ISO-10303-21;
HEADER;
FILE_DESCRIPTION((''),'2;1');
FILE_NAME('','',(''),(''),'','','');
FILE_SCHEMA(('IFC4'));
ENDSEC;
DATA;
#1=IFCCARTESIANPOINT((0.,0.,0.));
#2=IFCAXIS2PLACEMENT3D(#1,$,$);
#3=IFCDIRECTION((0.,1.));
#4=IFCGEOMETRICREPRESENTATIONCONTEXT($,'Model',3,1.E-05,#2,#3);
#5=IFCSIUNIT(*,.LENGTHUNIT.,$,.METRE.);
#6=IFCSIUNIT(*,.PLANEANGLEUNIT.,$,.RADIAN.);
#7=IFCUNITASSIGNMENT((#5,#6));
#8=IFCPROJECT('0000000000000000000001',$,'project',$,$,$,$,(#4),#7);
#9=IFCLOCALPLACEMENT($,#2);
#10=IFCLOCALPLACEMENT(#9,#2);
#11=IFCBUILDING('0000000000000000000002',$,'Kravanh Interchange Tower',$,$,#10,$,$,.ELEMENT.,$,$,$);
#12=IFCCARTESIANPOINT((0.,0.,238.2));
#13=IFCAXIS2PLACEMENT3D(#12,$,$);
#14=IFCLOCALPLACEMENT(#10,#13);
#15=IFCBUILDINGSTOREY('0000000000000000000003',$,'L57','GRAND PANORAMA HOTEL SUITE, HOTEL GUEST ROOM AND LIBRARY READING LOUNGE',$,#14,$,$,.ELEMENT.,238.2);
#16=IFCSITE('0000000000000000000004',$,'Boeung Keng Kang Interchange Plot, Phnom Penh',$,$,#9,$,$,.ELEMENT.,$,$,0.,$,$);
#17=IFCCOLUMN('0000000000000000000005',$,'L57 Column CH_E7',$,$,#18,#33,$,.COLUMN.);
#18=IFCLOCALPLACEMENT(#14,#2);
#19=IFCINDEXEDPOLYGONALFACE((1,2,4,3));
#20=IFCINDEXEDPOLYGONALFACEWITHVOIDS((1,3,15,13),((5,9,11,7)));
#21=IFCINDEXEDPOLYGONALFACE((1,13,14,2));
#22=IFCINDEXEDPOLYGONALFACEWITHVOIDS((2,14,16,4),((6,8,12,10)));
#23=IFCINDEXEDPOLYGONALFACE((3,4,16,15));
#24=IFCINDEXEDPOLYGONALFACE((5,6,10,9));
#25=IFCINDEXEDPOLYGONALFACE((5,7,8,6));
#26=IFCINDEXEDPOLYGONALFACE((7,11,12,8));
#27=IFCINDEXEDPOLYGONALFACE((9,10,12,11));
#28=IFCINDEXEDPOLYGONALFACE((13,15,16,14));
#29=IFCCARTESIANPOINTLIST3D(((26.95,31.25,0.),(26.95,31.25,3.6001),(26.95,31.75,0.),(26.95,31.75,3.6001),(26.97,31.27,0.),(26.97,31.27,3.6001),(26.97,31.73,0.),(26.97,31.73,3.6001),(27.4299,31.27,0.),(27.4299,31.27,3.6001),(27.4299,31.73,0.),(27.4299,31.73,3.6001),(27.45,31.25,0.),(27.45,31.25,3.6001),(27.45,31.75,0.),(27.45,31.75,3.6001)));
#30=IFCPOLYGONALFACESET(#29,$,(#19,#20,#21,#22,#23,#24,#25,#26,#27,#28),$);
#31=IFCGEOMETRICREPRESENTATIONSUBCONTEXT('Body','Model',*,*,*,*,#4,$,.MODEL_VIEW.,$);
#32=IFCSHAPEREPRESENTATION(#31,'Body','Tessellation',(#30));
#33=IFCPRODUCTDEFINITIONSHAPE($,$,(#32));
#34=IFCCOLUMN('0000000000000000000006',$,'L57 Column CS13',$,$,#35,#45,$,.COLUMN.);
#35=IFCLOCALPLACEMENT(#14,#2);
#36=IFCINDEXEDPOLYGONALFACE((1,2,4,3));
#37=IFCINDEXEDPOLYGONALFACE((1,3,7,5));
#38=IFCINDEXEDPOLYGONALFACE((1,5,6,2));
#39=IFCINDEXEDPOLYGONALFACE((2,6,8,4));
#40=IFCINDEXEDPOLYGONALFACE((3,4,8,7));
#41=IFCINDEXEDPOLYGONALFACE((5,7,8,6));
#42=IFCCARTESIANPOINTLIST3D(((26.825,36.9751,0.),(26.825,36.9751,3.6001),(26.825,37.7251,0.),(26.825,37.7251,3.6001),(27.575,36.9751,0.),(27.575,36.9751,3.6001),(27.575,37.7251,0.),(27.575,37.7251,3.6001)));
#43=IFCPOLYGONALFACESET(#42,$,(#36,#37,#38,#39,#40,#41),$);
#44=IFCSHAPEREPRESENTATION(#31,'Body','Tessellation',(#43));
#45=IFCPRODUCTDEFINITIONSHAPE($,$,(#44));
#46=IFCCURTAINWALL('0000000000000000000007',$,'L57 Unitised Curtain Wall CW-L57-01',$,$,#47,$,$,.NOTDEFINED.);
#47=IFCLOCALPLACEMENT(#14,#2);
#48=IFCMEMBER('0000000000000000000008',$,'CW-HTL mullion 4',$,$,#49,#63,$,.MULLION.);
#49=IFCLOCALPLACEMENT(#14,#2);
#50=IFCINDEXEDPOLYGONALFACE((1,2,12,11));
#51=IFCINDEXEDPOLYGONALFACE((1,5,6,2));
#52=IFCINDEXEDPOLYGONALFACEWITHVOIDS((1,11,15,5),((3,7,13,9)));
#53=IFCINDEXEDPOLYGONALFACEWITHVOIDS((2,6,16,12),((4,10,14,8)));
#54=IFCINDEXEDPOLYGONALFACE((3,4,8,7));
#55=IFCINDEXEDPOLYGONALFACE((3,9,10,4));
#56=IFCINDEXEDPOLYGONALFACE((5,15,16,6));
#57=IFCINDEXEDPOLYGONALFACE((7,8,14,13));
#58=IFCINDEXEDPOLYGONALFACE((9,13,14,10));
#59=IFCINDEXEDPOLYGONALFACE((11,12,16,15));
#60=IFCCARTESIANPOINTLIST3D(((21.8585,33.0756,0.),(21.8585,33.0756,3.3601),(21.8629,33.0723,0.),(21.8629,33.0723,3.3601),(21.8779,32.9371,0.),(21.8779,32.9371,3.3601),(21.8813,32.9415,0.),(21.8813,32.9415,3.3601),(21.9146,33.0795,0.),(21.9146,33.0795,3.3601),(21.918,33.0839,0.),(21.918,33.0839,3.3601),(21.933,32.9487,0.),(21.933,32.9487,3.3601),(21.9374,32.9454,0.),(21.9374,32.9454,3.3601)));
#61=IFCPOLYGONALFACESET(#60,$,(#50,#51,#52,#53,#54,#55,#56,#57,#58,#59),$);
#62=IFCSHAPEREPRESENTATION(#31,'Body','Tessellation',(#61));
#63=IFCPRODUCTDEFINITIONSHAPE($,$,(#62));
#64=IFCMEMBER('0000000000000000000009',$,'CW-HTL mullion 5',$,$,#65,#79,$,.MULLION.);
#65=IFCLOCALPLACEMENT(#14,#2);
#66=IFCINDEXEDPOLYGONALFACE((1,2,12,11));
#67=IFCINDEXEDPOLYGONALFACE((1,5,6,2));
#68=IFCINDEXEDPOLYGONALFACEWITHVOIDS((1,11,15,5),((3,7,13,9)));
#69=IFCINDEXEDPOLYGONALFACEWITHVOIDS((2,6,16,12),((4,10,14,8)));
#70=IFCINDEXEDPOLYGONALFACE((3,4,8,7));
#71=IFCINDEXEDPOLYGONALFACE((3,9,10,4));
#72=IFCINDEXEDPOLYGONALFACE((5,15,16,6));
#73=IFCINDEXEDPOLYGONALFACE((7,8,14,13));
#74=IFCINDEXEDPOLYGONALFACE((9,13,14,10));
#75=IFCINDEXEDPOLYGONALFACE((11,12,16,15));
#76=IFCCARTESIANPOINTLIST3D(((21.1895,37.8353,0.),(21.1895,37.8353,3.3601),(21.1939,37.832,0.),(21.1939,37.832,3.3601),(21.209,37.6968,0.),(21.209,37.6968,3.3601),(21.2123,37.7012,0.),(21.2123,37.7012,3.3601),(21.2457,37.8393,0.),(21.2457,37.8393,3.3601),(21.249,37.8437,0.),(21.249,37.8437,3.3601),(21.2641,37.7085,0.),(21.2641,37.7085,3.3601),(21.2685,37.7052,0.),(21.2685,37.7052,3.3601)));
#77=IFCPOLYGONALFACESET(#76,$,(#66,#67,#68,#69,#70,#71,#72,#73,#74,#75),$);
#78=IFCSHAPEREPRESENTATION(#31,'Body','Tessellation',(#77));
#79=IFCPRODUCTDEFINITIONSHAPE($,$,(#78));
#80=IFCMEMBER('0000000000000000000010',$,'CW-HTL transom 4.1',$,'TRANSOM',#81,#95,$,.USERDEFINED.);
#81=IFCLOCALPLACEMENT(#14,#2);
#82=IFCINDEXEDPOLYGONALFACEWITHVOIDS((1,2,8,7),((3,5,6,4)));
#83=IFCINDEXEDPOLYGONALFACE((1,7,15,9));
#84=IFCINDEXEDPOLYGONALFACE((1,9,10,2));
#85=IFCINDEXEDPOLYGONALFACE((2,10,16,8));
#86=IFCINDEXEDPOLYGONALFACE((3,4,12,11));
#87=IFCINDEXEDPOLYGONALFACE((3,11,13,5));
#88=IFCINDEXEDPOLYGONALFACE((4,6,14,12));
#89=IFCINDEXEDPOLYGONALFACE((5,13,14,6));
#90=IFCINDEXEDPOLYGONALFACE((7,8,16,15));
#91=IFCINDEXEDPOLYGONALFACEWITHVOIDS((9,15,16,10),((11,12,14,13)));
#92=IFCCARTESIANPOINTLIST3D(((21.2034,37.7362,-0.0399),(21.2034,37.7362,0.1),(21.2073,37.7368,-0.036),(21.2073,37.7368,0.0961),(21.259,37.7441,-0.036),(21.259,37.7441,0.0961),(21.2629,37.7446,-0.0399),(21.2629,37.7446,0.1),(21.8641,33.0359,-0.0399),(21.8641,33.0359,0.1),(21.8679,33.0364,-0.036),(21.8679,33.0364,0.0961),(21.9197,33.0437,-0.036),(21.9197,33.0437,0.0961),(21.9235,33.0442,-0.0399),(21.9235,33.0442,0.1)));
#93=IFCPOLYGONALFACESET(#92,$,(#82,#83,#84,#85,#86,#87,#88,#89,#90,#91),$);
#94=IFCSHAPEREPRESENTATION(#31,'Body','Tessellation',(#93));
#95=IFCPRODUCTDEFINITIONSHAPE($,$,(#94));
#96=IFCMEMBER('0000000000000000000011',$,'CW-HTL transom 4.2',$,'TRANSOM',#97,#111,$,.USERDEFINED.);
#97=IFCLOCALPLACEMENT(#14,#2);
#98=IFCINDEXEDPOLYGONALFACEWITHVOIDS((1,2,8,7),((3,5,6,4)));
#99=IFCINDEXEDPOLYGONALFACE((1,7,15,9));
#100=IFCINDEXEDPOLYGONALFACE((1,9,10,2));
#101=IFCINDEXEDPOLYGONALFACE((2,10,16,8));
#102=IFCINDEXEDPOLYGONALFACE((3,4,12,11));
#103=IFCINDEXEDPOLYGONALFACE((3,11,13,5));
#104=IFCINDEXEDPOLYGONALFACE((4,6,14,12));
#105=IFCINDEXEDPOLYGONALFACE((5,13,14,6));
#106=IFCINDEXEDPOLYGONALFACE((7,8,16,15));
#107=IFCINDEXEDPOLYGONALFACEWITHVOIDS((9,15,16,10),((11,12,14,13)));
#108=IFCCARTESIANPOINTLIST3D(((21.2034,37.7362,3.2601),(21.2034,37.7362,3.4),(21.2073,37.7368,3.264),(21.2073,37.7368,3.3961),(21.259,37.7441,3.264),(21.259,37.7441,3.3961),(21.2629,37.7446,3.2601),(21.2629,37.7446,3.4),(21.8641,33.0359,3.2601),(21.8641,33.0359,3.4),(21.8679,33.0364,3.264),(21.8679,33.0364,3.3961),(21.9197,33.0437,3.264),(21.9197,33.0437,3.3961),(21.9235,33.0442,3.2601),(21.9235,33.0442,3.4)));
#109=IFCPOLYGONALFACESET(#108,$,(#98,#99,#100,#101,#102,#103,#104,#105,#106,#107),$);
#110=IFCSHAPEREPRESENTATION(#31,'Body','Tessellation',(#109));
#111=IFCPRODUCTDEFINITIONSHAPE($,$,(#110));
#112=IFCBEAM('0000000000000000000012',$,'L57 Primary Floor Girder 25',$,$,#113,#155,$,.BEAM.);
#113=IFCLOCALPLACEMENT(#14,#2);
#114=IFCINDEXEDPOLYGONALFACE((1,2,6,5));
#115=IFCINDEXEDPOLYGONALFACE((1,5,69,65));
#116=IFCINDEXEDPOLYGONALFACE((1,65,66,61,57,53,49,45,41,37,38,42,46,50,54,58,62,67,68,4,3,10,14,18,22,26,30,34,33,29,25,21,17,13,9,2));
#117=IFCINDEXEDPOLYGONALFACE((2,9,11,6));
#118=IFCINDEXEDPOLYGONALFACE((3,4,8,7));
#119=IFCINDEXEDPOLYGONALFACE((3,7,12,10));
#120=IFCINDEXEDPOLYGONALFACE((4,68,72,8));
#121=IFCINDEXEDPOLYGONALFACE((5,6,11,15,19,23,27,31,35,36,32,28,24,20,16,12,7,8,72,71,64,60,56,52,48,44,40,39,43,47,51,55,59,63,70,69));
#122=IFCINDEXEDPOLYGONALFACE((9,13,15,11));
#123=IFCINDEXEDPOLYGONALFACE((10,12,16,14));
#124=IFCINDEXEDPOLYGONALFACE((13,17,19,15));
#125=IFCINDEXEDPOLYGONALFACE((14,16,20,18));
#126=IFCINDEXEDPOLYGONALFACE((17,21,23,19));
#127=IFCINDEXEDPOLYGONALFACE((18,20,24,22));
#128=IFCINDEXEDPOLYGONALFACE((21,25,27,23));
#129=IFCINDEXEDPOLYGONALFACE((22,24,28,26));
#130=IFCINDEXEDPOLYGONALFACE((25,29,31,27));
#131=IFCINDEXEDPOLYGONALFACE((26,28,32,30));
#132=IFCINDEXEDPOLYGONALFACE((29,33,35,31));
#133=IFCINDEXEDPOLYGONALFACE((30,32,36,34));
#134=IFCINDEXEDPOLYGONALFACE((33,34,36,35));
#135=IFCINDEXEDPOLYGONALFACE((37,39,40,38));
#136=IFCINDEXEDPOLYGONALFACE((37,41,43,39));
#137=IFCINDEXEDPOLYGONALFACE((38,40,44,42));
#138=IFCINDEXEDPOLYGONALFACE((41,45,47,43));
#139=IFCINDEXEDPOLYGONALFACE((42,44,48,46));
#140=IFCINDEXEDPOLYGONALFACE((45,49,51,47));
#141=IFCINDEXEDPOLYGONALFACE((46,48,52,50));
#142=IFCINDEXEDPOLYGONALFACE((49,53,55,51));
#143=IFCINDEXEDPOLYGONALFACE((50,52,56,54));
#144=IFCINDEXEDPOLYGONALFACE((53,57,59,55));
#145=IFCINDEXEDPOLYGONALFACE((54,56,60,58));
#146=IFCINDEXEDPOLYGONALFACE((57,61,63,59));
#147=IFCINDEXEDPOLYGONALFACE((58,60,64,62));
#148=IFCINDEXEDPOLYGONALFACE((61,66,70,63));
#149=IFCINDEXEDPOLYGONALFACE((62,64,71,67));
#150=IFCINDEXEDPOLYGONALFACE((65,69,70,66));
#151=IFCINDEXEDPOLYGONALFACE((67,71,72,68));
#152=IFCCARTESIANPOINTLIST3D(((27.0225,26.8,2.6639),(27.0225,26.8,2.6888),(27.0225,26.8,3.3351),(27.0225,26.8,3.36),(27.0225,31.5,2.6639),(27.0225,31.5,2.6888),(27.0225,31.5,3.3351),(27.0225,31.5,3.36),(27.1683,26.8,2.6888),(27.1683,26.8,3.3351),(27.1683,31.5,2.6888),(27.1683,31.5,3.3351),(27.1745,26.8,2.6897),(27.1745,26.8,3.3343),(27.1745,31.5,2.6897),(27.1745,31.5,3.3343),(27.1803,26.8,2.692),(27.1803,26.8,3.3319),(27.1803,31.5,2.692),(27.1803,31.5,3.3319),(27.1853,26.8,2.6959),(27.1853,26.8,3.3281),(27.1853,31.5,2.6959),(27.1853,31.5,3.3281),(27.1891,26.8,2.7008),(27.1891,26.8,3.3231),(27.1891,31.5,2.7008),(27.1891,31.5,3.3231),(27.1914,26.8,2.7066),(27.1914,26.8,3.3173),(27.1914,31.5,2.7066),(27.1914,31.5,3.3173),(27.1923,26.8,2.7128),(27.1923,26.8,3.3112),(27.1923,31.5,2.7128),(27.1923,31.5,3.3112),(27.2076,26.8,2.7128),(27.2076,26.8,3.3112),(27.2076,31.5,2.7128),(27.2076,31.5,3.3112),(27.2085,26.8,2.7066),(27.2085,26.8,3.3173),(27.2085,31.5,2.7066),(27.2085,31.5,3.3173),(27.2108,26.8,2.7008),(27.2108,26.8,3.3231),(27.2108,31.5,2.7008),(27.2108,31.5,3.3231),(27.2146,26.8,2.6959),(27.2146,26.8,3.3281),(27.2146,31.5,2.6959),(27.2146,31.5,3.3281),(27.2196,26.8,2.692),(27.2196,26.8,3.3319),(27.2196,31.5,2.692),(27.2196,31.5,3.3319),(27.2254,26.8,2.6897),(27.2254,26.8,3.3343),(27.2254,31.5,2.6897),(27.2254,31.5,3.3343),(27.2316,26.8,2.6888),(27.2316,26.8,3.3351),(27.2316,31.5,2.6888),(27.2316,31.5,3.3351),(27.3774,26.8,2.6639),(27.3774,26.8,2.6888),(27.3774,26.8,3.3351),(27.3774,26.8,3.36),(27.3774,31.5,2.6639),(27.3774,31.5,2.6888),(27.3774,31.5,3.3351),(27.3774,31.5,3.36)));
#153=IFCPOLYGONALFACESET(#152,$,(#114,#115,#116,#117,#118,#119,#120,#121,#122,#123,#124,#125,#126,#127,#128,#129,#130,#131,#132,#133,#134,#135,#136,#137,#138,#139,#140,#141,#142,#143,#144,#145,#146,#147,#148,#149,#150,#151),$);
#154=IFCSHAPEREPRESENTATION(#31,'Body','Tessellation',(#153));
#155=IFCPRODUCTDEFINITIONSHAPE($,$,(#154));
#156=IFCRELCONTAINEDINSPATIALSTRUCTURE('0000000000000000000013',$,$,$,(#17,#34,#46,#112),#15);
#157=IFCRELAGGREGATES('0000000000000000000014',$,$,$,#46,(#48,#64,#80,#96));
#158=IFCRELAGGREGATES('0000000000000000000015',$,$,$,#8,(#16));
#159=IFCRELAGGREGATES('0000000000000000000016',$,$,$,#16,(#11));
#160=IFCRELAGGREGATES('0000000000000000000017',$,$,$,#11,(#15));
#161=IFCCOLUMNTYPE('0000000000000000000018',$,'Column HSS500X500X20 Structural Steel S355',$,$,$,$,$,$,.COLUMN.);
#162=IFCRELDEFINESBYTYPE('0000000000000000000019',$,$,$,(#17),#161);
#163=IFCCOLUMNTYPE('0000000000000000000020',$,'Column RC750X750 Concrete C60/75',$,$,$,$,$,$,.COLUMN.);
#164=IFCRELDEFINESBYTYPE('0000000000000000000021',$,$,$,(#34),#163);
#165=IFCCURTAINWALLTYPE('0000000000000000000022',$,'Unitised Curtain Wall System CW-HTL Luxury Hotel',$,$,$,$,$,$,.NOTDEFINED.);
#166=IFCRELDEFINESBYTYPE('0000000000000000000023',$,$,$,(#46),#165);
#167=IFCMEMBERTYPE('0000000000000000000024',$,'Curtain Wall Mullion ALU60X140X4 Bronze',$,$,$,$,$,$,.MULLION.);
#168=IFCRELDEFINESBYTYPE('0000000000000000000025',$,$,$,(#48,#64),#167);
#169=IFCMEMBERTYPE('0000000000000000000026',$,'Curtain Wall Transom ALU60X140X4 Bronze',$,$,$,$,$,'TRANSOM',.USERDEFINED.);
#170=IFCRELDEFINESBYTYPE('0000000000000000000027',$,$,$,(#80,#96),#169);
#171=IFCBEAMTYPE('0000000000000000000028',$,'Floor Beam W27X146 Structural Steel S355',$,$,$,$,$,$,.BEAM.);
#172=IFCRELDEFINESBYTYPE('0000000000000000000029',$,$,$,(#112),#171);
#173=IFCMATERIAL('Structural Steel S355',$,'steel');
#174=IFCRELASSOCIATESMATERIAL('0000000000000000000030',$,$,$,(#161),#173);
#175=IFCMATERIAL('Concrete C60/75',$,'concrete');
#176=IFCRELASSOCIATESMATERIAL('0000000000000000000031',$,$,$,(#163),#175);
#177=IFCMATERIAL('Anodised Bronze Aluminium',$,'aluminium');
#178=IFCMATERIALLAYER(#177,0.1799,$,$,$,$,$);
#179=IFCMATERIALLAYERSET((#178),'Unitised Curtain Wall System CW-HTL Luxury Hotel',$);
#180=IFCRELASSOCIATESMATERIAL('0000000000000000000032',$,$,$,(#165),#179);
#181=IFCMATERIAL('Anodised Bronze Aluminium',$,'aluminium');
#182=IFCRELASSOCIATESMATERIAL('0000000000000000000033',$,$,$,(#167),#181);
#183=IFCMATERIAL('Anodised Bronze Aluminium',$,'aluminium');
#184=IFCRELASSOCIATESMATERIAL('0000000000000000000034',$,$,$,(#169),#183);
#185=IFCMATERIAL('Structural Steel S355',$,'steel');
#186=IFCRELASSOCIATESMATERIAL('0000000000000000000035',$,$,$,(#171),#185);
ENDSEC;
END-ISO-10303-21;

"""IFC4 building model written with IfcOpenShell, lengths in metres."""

from ifc_helpers import new_model, si_unit, direction, frame, origin, origin_2d, place, context, subcontext, project, spatial, rectangle, hollow_rectangle, i_section, extrude, material, layer, layer_set, material_profile, profile_set, type_object, element, aggregate, save


model = new_model("IFC4")

# Units and contexts
model_context = context("Model", 3, precision=1e-05, world=origin(), true_north=direction((0.0, 1.0)))
body_context = subcontext(model_context, "Body", "Model", "MODEL_VIEW")
ifc_project = project(units=[si_unit("LENGTHUNIT", "METRE"), si_unit("PLANEANGLEUNIT", "RADIAN")], contexts=[model_context])

# Site, building, storey
site_placement = place(None, origin())
site = spatial("IfcSite", under=ifc_project, at=site_placement, Name="Boeung Keng Kang Interchange Plot, Phnom Penh", CompositionType="ELEMENT", RefElevation=0.0)
building_placement = place(site_placement, origin())
building = spatial("IfcBuilding", under=site, at=building_placement, Name="Kravanh Interchange Tower", CompositionType="ELEMENT")
storey_placement = place(building_placement, frame((0.0, 0.0, 238.2)))
storey = spatial("IfcBuildingStorey", under=building, at=storey_placement, Name="L57", Description="GRAND PANORAMA HOTEL SUITE, HOTEL GUEST ROOM AND LIBRARY READING LOUNGE", CompositionType="ELEMENT", Elevation=238.2)

# Columns
ifc_material_1 = material(Name="Structural Steel S355", Category="steel")
ifc_material_profile_1 = material_profile(ifc_material_1, hollow_rectangle(XDim=0.5, YDim=0.5, WallThickness=0.02, at=origin_2d()), Name="HSS500X500X20")
ifc_profile_set_1 = profile_set([ifc_material_profile_1], Name="Structural Steel S355")
column_type_1 = type_object("IfcColumnType", Name="Column HSS500X500X20 Structural Steel S355", PredefinedType="COLUMN", material=ifc_profile_set_1)
column_1_placement = place(storey_placement, frame((27.2, 31.5, 0.0), z_axis=(0.0, 0.0, 1.0), x_axis=(1.0, 0.0, 0.0)))
element("IfcColumn", 1, at=column_1_placement, inside=storey, type_object=column_type_1, Name="L57 Column CH_E7", PredefinedType="COLUMN", context=body_context, shape_type="SweptSolid", body=[
    extrude(hollow_rectangle(XDim=0.5, YDim=0.5, WallThickness=0.02, at=origin_2d()), origin(), (0.0, 0.0, 1.0), 3.6001),
])
ifc_material_2 = material(Name="Concrete C60/75", Category="concrete")
ifc_material_profile_2 = material_profile(ifc_material_2, rectangle(XDim=0.75, YDim=0.75, at=origin_2d()), Name="RC750X750")
ifc_profile_set_2 = profile_set([ifc_material_profile_2], Name="Concrete C60/75")
column_type_2 = type_object("IfcColumnType", Name="Column RC750X750 Concrete C60/75", PredefinedType="COLUMN", material=ifc_profile_set_2)
column_2_placement = place(storey_placement, frame((27.2, 37.3501, 0.0), z_axis=(0.0, 0.0, 1.0), x_axis=(1.0, 0.0, 0.0)))
element("IfcColumn", 2, at=column_2_placement, inside=storey, type_object=column_type_2, Name="L57 Column CS13", PredefinedType="COLUMN", context=body_context, shape_type="SweptSolid", body=[
    extrude(rectangle(XDim=0.75, YDim=0.75, at=origin_2d()), origin(), (0.0, 0.0, 1.0), 3.6001),
])

# Curtain wall, members
ifc_material_3 = material(Name="Anodised Bronze Aluminium", Category="aluminium")
ifc_layer_1 = layer(ifc_material_3, 0.1799)
ifc_layer_set_1 = layer_set([ifc_layer_1], Name="Unitised Curtain Wall System CW-HTL Luxury Hotel")
curtain_wall_type = type_object("IfcCurtainWallType", Name="Unitised Curtain Wall System CW-HTL Luxury Hotel", PredefinedType="NOTDEFINED", material=ifc_layer_set_1)
curtain_wall_placement = place(storey_placement, origin())
curtain_wall = element("IfcCurtainWall", 3, at=curtain_wall_placement, inside=storey, type_object=curtain_wall_type, Name="L57 Unitised Curtain Wall CW-L57-01", PredefinedType="NOTDEFINED")
ifc_material_4 = material(Name="Anodised Bronze Aluminium", Category="aluminium")
ifc_material_profile_3 = material_profile(ifc_material_4, hollow_rectangle(XDim=0.0601, YDim=0.1399, WallThickness=0.0039, at=origin_2d()), Name="ALU60X140X4")
ifc_profile_set_3 = profile_set([ifc_material_profile_3], Name="Anodised Bronze Aluminium")
member_type_1 = type_object("IfcMemberType", Name="Curtain Wall Mullion ALU60X140X4 Bronze", PredefinedType="MULLION", material=ifc_profile_set_3)
member_1_placement = place(storey_placement, frame((21.8979, 33.0105, 0.0), z_axis=(0.0, 0.0, 1.0), x_axis=(-0.990268, -0.139176, 0.0)))
member_1 = element("IfcMember", 4, at=member_1_placement, type_object=member_type_1, Name="CW-HTL mullion 4", PredefinedType="MULLION", context=body_context, shape_type="SweptSolid", body=[
    extrude(hollow_rectangle(XDim=0.0601, YDim=0.1399, WallThickness=0.0039, at=origin_2d()), origin(), (0.0, 0.0, 1.0), 3.3601),
])
member_2_placement = place(storey_placement, frame((21.229, 37.7703, 0.0), z_axis=(0.0, 0.0, 1.0), x_axis=(-0.990268, -0.139176, 0.0)))
member_2 = element("IfcMember", 5, at=member_2_placement, type_object=member_type_1, Name="CW-HTL mullion 5", PredefinedType="MULLION", context=body_context, shape_type="SweptSolid", body=[
    extrude(hollow_rectangle(XDim=0.0601, YDim=0.1399, WallThickness=0.0039, at=origin_2d()), origin(), (0.0, 0.0, 1.0), 3.3601),
])
ifc_material_5 = material(Name="Anodised Bronze Aluminium", Category="aluminium")
ifc_material_profile_4 = material_profile(ifc_material_5, hollow_rectangle(XDim=0.0601, YDim=0.1399, WallThickness=0.0039, at=origin_2d()), Name="ALU60X140X4")
ifc_profile_set_4 = profile_set([ifc_material_profile_4], Name="Anodised Bronze Aluminium")
member_type_2 = type_object("IfcMemberType", Name="Curtain Wall Transom ALU60X140X4 Bronze", ElementType="TRANSOM", PredefinedType="USERDEFINED", material=ifc_profile_set_4)
member_3_placement = place(storey_placement, frame((21.8938, 33.04, 0.03), z_axis=(-0.139182, 0.990267, 0.0), x_axis=(-0.990267, -0.139182, 0.0)))
member_3 = element("IfcMember", 6, at=member_3_placement, type_object=member_type_2, Name="CW-HTL transom 4.1", ObjectType="TRANSOM", PredefinedType="USERDEFINED", context=body_context, shape_type="SweptSolid", body=[
    extrude(hollow_rectangle(XDim=0.0601, YDim=0.1399, WallThickness=0.0039, at=origin_2d()), origin(), (0.0, 0.0, 1.0), 4.7466),
])
member_4_placement = place(storey_placement, frame((21.8938, 33.04, 3.3301), z_axis=(-0.139182, 0.990267, 0.0), x_axis=(-0.990267, -0.139182, 0.0)))
member_4 = element("IfcMember", 7, at=member_4_placement, type_object=member_type_2, Name="CW-HTL transom 4.2", ObjectType="TRANSOM", PredefinedType="USERDEFINED", context=body_context, shape_type="SweptSolid", body=[
    extrude(hollow_rectangle(XDim=0.0601, YDim=0.1399, WallThickness=0.0039, at=origin_2d()), origin(), (0.0, 0.0, 1.0), 4.7466),
])

# Beam
ifc_material_6 = material(Name="Structural Steel S355", Category="steel")
ifc_material_profile_5 = material_profile(ifc_material_6, i_section(OverallWidth=0.355, OverallDepth=0.696, WebThickness=0.0154, FlangeThickness=0.0249, FilletRadius=0.0239, at=origin_2d()), Name="W27X146")
ifc_profile_set_5 = profile_set([ifc_material_profile_5], Name="Structural Steel S355")
beam_type_1 = type_object("IfcBeamType", Name="Floor Beam W27X146 Structural Steel S355", PredefinedType="BEAM", material=ifc_profile_set_5)
beam_1_placement = place(storey_placement, frame((27.2, 31.5, 3.012), z_axis=(0.0, -1.0, 0.0), x_axis=(1.0, 0.0, 0.0)))
element("IfcBeam", 8, at=beam_1_placement, inside=storey, type_object=beam_type_1, Name="L57 Primary Floor Girder 25", PredefinedType="BEAM", context=body_context, shape_type="SweptSolid", body=[
    extrude(i_section(OverallWidth=0.355, OverallDepth=0.696, WebThickness=0.0154, FlangeThickness=0.0249, FilletRadius=0.0239, at=origin_2d()), origin(), (0.0, 0.0, 1.0), 4.7),
])

aggregate(curtain_wall, [member_1, member_2, member_3, member_4])

save(model, "model.ifc")
